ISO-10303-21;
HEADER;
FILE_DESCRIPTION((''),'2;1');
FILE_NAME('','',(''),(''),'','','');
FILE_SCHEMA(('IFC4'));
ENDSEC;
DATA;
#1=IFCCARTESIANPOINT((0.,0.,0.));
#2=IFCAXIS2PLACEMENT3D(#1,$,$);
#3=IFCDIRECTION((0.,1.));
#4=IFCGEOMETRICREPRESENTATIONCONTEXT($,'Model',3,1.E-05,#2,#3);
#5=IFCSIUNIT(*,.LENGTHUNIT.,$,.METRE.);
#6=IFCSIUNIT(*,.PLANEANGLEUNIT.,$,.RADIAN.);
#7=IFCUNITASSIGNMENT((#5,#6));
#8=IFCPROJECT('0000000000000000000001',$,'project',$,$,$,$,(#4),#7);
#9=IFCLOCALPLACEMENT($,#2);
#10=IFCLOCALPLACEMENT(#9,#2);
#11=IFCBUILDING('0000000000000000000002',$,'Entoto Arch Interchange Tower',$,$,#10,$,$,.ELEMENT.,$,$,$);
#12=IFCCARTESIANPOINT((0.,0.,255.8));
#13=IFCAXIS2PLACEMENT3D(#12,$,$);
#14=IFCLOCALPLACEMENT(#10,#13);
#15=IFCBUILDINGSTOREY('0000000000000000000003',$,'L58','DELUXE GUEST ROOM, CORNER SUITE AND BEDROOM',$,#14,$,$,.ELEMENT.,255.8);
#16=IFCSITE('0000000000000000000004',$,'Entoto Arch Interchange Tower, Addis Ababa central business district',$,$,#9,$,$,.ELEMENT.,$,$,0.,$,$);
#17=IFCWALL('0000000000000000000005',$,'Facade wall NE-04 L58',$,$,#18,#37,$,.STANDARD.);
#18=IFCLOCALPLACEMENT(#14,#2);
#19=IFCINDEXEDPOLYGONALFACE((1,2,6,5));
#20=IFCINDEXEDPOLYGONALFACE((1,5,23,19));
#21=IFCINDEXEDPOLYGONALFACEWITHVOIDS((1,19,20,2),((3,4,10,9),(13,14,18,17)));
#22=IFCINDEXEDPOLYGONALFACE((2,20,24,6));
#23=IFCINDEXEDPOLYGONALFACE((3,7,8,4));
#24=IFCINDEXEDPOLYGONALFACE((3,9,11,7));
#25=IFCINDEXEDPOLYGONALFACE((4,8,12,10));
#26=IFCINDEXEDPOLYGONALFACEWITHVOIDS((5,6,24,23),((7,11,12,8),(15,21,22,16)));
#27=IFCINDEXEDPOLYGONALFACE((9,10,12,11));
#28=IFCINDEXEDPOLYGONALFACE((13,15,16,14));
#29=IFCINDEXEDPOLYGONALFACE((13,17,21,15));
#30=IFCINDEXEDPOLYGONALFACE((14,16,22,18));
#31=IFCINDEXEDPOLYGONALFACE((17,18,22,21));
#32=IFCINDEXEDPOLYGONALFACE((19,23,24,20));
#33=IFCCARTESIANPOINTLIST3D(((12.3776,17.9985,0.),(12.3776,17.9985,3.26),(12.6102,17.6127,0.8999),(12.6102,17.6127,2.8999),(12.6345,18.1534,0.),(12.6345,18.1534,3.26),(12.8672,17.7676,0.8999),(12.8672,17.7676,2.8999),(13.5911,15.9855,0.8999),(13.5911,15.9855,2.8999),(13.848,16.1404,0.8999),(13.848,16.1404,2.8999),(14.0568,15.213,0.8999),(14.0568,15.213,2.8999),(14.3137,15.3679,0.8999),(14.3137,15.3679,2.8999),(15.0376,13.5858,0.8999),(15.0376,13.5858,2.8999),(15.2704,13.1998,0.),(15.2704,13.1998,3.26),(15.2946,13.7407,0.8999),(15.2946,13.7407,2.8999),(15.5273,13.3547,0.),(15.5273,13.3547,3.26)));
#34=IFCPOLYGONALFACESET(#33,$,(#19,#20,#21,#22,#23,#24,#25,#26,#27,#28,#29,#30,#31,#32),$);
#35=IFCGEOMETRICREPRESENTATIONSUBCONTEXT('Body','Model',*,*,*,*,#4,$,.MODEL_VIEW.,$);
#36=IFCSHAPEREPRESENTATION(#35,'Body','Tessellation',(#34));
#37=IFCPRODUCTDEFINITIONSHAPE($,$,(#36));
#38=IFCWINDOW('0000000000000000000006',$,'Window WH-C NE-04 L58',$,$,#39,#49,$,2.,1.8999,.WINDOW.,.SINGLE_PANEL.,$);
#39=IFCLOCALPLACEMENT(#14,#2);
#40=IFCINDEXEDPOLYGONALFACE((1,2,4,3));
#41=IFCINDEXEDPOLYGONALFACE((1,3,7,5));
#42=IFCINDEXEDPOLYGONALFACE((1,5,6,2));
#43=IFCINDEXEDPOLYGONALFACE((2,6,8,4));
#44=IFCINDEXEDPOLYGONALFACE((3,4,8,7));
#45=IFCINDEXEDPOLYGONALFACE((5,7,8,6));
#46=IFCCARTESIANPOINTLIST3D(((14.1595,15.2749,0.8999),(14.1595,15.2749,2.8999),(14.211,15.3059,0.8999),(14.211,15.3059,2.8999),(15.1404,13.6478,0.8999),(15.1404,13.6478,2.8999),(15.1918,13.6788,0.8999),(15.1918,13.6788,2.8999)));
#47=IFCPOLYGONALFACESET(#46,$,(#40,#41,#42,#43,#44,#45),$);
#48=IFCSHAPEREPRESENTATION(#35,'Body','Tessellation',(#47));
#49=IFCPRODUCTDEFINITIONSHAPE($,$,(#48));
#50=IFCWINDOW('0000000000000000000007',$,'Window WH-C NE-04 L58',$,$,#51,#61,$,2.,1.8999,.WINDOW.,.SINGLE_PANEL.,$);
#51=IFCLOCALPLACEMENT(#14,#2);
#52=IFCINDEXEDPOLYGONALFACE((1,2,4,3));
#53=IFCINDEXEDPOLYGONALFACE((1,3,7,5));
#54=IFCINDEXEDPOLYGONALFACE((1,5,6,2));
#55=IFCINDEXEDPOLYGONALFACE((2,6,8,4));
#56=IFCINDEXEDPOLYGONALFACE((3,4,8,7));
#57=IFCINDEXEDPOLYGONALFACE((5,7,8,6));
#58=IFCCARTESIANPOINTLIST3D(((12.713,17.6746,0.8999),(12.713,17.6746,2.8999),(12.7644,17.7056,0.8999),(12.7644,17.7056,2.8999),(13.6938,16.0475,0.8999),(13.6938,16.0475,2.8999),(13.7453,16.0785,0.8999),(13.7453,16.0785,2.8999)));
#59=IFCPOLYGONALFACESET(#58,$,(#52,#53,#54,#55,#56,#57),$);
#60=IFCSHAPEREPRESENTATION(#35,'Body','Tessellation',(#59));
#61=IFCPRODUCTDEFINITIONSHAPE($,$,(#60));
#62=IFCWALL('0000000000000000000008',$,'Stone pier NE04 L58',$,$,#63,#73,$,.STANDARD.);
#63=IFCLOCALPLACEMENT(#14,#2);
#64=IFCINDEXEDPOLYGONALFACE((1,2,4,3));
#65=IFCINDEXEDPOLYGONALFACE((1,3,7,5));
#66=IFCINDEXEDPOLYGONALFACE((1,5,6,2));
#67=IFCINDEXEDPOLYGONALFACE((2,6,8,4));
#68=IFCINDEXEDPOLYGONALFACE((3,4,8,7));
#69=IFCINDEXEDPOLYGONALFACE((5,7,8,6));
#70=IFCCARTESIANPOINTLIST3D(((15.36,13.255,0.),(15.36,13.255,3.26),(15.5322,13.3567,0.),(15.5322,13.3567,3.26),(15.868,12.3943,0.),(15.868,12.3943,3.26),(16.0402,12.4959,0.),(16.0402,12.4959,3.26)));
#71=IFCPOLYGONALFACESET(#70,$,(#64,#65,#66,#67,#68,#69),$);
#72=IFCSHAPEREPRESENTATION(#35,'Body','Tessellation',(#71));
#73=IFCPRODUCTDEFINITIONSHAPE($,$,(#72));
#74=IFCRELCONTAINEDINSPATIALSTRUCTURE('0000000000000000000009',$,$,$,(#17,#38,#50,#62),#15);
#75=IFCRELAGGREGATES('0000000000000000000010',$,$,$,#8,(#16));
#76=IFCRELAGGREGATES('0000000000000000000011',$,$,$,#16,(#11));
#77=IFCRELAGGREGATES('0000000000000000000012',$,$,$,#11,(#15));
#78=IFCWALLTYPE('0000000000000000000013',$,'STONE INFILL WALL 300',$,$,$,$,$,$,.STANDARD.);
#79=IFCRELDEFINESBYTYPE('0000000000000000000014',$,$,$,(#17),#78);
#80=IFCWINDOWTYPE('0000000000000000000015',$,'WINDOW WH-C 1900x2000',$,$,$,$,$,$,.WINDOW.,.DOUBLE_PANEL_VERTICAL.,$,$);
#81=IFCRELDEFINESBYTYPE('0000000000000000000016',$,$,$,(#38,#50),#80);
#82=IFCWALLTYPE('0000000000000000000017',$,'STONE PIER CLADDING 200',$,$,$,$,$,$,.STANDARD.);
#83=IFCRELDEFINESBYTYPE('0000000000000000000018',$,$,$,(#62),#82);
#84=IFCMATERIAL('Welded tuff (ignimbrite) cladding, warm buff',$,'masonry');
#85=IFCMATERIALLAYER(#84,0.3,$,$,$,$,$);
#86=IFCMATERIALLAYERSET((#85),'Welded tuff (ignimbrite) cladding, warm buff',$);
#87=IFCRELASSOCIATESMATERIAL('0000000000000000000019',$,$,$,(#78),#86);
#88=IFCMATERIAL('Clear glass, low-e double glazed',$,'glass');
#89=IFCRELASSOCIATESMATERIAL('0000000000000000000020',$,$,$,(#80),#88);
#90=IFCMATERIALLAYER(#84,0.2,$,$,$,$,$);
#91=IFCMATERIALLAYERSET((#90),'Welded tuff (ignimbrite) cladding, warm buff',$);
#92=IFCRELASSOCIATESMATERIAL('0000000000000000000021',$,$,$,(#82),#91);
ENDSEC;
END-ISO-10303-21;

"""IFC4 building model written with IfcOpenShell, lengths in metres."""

from ifc_helpers import new_model, si_unit, direction, frame, frame_2d, origin, place, context, subcontext, project, spatial, rectangle, extrude, material, layer, layer_set, type_object, element, fill, save


model = new_model("IFC4")

# Units and contexts
model_context = context("Model", 3, precision=1e-05, world=origin(), true_north=direction((0.0, 1.0)))
body_context = subcontext(model_context, "Body", "Model", "MODEL_VIEW")
ifc_project = project(units=[si_unit("LENGTHUNIT", "METRE"), si_unit("PLANEANGLEUNIT", "RADIAN")], contexts=[model_context])

# Site, building, storey
site_placement = place(None, origin())
site = spatial("IfcSite", under=ifc_project, at=site_placement, Name="Entoto Arch Interchange Tower, Addis Ababa central business district", CompositionType="ELEMENT", RefElevation=0.0)
building_placement = place(site_placement, origin())
building = spatial("IfcBuilding", under=site, at=building_placement, Name="Entoto Arch Interchange Tower", CompositionType="ELEMENT")
storey_placement = place(building_placement, frame((0.0, 0.0, 255.8)))
storey = spatial("IfcBuildingStorey", under=building, at=storey_placement, Name="L58", Description="DELUXE GUEST ROOM, CORNER SUITE AND BEDROOM", CompositionType="ELEMENT", Elevation=255.8)

# Wall, openings, windows
ifc_material_1 = material(Name="Welded tuff (ignimbrite) cladding, warm buff", Category="masonry")
ifc_layer_1 = layer(ifc_material_1, 0.3)
ifc_layer_set_1 = layer_set([ifc_layer_1], Name="Welded tuff (ignimbrite) cladding, warm buff")
wall_type_1 = type_object("IfcWallType", Name="STONE INFILL WALL 300", PredefinedType="STANDARD", material=ifc_layer_set_1)
wall_1_placement = place(storey_placement, frame((15.3989, 13.2771, 0.0), z_axis=(0.0, 0.0, 1.0), x_axis=(-0.51627, 0.856426, 0.0)))
wall_1 = element("IfcWall", 1, at=wall_1_placement, inside=storey, type_object=wall_type_1, Name="Facade wall NE-04 L58", PredefinedType="STANDARD", context=body_context, shape_type="SweptSolid", body=[
    extrude(rectangle(XDim=5.6033, YDim=0.3, at=frame_2d((2.8018, 0.0))), origin(), (0.0, 0.0, 1.0), 3.26),
])
opening_1_placement = place(wall_1_placement, frame((0.4509, 0.0, 0.8999)))
opening_1 = element("IfcOpeningElement", 2, at=opening_1_placement, cuts=wall_1, PredefinedType="OPENING", context=body_context, shape_type="SweptSolid", body=[
    extrude(rectangle(XDim=1.8999, YDim=2.0, at=frame_2d((0.95, 1.0))), frame((0.0, 0.1602, 0.0), z_axis=(0.0, -1.0, 0.0), x_axis=(1.0, 0.0, 0.0)), (0.0, 0.0, 1.0), 0.3201),
])
opening_2_placement = place(wall_1_placement, frame((3.2529, 0.0, 0.8999)))
opening_2 = element("IfcOpeningElement", 3, at=opening_2_placement, cuts=wall_1, PredefinedType="OPENING", context=body_context, shape_type="SweptSolid", body=[
    extrude(rectangle(XDim=1.8999, YDim=2.0, at=frame_2d((0.95, 1.0))), frame((0.0, 0.1602, 0.0), z_axis=(0.0, -1.0, 0.0), x_axis=(1.0, 0.0, 0.0)), (0.0, 0.0, 1.0), 0.3201),
])
ifc_material_2 = material(Name="Clear glass, low-e double glazed", Category="glass")
window_type = type_object("IfcWindowType", Name="WINDOW WH-C 1900x2000", PartitioningType="DOUBLE_PANEL_VERTICAL", PredefinedType="WINDOW", material=ifc_material_2)
window_1_placement = place(opening_1_placement, origin())
window_1 = element("IfcWindow", 4, at=window_1_placement, inside=storey, type_object=window_type, Name="Window WH-C NE-04 L58", OverallHeight=2.0, OverallWidth=1.8999, PartitioningType="SINGLE_PANEL", PredefinedType="WINDOW", context=body_context, shape_type="SweptSolid", body=[
    extrude(rectangle(XDim=1.8999, YDim=2.0, at=frame_2d((0.95, 1.0))), frame((0.0, 0.03, 0.0), z_axis=(0.0, -1.0, 0.0), x_axis=(1.0, 0.0, 0.0)), (0.0, 0.0, 1.0), 0.0601),
])
fill(opening_1, window_1)
window_2_placement = place(opening_2_placement, origin())
window_2 = element("IfcWindow", 5, at=window_2_placement, inside=storey, type_object=window_type, Name="Window WH-C NE-04 L58", OverallHeight=2.0, OverallWidth=1.8999, PartitioningType="SINGLE_PANEL", PredefinedType="WINDOW", context=body_context, shape_type="SweptSolid", body=[
    extrude(rectangle(XDim=1.8999, YDim=2.0, at=frame_2d((0.95, 1.0))), frame((0.0, 0.03, 0.0), z_axis=(0.0, -1.0, 0.0), x_axis=(1.0, 0.0, 0.0)), (0.0, 0.0, 1.0), 0.0601),
])
fill(opening_2, window_2)

# Wall
ifc_layer_2 = layer(ifc_material_1, 0.2)
ifc_layer_set_2 = layer_set([ifc_layer_2], Name="Welded tuff (ignimbrite) cladding, warm buff")
wall_type_2 = type_object("IfcWallType", Name="STONE PIER CLADDING 200", PredefinedType="STANDARD", material=ifc_layer_set_2)
wall_2_placement = place(storey_placement, frame((15.9541, 12.4451, 0.0), z_axis=(0.0, 0.0, 1.0), x_axis=(-0.508268, 0.861199, 0.0)))
element("IfcWall", 6, at=wall_2_placement, inside=storey, type_object=wall_type_2, Name="Stone pier NE04 L58", PredefinedType="STANDARD", context=body_context, shape_type="SweptSolid", body=[
    extrude(rectangle(XDim=0.9995, YDim=0.2, at=frame_2d((0.4998, 0.0))), origin(), (0.0, 0.0, 1.0), 3.26),
])

save(model, "model.ifc")
